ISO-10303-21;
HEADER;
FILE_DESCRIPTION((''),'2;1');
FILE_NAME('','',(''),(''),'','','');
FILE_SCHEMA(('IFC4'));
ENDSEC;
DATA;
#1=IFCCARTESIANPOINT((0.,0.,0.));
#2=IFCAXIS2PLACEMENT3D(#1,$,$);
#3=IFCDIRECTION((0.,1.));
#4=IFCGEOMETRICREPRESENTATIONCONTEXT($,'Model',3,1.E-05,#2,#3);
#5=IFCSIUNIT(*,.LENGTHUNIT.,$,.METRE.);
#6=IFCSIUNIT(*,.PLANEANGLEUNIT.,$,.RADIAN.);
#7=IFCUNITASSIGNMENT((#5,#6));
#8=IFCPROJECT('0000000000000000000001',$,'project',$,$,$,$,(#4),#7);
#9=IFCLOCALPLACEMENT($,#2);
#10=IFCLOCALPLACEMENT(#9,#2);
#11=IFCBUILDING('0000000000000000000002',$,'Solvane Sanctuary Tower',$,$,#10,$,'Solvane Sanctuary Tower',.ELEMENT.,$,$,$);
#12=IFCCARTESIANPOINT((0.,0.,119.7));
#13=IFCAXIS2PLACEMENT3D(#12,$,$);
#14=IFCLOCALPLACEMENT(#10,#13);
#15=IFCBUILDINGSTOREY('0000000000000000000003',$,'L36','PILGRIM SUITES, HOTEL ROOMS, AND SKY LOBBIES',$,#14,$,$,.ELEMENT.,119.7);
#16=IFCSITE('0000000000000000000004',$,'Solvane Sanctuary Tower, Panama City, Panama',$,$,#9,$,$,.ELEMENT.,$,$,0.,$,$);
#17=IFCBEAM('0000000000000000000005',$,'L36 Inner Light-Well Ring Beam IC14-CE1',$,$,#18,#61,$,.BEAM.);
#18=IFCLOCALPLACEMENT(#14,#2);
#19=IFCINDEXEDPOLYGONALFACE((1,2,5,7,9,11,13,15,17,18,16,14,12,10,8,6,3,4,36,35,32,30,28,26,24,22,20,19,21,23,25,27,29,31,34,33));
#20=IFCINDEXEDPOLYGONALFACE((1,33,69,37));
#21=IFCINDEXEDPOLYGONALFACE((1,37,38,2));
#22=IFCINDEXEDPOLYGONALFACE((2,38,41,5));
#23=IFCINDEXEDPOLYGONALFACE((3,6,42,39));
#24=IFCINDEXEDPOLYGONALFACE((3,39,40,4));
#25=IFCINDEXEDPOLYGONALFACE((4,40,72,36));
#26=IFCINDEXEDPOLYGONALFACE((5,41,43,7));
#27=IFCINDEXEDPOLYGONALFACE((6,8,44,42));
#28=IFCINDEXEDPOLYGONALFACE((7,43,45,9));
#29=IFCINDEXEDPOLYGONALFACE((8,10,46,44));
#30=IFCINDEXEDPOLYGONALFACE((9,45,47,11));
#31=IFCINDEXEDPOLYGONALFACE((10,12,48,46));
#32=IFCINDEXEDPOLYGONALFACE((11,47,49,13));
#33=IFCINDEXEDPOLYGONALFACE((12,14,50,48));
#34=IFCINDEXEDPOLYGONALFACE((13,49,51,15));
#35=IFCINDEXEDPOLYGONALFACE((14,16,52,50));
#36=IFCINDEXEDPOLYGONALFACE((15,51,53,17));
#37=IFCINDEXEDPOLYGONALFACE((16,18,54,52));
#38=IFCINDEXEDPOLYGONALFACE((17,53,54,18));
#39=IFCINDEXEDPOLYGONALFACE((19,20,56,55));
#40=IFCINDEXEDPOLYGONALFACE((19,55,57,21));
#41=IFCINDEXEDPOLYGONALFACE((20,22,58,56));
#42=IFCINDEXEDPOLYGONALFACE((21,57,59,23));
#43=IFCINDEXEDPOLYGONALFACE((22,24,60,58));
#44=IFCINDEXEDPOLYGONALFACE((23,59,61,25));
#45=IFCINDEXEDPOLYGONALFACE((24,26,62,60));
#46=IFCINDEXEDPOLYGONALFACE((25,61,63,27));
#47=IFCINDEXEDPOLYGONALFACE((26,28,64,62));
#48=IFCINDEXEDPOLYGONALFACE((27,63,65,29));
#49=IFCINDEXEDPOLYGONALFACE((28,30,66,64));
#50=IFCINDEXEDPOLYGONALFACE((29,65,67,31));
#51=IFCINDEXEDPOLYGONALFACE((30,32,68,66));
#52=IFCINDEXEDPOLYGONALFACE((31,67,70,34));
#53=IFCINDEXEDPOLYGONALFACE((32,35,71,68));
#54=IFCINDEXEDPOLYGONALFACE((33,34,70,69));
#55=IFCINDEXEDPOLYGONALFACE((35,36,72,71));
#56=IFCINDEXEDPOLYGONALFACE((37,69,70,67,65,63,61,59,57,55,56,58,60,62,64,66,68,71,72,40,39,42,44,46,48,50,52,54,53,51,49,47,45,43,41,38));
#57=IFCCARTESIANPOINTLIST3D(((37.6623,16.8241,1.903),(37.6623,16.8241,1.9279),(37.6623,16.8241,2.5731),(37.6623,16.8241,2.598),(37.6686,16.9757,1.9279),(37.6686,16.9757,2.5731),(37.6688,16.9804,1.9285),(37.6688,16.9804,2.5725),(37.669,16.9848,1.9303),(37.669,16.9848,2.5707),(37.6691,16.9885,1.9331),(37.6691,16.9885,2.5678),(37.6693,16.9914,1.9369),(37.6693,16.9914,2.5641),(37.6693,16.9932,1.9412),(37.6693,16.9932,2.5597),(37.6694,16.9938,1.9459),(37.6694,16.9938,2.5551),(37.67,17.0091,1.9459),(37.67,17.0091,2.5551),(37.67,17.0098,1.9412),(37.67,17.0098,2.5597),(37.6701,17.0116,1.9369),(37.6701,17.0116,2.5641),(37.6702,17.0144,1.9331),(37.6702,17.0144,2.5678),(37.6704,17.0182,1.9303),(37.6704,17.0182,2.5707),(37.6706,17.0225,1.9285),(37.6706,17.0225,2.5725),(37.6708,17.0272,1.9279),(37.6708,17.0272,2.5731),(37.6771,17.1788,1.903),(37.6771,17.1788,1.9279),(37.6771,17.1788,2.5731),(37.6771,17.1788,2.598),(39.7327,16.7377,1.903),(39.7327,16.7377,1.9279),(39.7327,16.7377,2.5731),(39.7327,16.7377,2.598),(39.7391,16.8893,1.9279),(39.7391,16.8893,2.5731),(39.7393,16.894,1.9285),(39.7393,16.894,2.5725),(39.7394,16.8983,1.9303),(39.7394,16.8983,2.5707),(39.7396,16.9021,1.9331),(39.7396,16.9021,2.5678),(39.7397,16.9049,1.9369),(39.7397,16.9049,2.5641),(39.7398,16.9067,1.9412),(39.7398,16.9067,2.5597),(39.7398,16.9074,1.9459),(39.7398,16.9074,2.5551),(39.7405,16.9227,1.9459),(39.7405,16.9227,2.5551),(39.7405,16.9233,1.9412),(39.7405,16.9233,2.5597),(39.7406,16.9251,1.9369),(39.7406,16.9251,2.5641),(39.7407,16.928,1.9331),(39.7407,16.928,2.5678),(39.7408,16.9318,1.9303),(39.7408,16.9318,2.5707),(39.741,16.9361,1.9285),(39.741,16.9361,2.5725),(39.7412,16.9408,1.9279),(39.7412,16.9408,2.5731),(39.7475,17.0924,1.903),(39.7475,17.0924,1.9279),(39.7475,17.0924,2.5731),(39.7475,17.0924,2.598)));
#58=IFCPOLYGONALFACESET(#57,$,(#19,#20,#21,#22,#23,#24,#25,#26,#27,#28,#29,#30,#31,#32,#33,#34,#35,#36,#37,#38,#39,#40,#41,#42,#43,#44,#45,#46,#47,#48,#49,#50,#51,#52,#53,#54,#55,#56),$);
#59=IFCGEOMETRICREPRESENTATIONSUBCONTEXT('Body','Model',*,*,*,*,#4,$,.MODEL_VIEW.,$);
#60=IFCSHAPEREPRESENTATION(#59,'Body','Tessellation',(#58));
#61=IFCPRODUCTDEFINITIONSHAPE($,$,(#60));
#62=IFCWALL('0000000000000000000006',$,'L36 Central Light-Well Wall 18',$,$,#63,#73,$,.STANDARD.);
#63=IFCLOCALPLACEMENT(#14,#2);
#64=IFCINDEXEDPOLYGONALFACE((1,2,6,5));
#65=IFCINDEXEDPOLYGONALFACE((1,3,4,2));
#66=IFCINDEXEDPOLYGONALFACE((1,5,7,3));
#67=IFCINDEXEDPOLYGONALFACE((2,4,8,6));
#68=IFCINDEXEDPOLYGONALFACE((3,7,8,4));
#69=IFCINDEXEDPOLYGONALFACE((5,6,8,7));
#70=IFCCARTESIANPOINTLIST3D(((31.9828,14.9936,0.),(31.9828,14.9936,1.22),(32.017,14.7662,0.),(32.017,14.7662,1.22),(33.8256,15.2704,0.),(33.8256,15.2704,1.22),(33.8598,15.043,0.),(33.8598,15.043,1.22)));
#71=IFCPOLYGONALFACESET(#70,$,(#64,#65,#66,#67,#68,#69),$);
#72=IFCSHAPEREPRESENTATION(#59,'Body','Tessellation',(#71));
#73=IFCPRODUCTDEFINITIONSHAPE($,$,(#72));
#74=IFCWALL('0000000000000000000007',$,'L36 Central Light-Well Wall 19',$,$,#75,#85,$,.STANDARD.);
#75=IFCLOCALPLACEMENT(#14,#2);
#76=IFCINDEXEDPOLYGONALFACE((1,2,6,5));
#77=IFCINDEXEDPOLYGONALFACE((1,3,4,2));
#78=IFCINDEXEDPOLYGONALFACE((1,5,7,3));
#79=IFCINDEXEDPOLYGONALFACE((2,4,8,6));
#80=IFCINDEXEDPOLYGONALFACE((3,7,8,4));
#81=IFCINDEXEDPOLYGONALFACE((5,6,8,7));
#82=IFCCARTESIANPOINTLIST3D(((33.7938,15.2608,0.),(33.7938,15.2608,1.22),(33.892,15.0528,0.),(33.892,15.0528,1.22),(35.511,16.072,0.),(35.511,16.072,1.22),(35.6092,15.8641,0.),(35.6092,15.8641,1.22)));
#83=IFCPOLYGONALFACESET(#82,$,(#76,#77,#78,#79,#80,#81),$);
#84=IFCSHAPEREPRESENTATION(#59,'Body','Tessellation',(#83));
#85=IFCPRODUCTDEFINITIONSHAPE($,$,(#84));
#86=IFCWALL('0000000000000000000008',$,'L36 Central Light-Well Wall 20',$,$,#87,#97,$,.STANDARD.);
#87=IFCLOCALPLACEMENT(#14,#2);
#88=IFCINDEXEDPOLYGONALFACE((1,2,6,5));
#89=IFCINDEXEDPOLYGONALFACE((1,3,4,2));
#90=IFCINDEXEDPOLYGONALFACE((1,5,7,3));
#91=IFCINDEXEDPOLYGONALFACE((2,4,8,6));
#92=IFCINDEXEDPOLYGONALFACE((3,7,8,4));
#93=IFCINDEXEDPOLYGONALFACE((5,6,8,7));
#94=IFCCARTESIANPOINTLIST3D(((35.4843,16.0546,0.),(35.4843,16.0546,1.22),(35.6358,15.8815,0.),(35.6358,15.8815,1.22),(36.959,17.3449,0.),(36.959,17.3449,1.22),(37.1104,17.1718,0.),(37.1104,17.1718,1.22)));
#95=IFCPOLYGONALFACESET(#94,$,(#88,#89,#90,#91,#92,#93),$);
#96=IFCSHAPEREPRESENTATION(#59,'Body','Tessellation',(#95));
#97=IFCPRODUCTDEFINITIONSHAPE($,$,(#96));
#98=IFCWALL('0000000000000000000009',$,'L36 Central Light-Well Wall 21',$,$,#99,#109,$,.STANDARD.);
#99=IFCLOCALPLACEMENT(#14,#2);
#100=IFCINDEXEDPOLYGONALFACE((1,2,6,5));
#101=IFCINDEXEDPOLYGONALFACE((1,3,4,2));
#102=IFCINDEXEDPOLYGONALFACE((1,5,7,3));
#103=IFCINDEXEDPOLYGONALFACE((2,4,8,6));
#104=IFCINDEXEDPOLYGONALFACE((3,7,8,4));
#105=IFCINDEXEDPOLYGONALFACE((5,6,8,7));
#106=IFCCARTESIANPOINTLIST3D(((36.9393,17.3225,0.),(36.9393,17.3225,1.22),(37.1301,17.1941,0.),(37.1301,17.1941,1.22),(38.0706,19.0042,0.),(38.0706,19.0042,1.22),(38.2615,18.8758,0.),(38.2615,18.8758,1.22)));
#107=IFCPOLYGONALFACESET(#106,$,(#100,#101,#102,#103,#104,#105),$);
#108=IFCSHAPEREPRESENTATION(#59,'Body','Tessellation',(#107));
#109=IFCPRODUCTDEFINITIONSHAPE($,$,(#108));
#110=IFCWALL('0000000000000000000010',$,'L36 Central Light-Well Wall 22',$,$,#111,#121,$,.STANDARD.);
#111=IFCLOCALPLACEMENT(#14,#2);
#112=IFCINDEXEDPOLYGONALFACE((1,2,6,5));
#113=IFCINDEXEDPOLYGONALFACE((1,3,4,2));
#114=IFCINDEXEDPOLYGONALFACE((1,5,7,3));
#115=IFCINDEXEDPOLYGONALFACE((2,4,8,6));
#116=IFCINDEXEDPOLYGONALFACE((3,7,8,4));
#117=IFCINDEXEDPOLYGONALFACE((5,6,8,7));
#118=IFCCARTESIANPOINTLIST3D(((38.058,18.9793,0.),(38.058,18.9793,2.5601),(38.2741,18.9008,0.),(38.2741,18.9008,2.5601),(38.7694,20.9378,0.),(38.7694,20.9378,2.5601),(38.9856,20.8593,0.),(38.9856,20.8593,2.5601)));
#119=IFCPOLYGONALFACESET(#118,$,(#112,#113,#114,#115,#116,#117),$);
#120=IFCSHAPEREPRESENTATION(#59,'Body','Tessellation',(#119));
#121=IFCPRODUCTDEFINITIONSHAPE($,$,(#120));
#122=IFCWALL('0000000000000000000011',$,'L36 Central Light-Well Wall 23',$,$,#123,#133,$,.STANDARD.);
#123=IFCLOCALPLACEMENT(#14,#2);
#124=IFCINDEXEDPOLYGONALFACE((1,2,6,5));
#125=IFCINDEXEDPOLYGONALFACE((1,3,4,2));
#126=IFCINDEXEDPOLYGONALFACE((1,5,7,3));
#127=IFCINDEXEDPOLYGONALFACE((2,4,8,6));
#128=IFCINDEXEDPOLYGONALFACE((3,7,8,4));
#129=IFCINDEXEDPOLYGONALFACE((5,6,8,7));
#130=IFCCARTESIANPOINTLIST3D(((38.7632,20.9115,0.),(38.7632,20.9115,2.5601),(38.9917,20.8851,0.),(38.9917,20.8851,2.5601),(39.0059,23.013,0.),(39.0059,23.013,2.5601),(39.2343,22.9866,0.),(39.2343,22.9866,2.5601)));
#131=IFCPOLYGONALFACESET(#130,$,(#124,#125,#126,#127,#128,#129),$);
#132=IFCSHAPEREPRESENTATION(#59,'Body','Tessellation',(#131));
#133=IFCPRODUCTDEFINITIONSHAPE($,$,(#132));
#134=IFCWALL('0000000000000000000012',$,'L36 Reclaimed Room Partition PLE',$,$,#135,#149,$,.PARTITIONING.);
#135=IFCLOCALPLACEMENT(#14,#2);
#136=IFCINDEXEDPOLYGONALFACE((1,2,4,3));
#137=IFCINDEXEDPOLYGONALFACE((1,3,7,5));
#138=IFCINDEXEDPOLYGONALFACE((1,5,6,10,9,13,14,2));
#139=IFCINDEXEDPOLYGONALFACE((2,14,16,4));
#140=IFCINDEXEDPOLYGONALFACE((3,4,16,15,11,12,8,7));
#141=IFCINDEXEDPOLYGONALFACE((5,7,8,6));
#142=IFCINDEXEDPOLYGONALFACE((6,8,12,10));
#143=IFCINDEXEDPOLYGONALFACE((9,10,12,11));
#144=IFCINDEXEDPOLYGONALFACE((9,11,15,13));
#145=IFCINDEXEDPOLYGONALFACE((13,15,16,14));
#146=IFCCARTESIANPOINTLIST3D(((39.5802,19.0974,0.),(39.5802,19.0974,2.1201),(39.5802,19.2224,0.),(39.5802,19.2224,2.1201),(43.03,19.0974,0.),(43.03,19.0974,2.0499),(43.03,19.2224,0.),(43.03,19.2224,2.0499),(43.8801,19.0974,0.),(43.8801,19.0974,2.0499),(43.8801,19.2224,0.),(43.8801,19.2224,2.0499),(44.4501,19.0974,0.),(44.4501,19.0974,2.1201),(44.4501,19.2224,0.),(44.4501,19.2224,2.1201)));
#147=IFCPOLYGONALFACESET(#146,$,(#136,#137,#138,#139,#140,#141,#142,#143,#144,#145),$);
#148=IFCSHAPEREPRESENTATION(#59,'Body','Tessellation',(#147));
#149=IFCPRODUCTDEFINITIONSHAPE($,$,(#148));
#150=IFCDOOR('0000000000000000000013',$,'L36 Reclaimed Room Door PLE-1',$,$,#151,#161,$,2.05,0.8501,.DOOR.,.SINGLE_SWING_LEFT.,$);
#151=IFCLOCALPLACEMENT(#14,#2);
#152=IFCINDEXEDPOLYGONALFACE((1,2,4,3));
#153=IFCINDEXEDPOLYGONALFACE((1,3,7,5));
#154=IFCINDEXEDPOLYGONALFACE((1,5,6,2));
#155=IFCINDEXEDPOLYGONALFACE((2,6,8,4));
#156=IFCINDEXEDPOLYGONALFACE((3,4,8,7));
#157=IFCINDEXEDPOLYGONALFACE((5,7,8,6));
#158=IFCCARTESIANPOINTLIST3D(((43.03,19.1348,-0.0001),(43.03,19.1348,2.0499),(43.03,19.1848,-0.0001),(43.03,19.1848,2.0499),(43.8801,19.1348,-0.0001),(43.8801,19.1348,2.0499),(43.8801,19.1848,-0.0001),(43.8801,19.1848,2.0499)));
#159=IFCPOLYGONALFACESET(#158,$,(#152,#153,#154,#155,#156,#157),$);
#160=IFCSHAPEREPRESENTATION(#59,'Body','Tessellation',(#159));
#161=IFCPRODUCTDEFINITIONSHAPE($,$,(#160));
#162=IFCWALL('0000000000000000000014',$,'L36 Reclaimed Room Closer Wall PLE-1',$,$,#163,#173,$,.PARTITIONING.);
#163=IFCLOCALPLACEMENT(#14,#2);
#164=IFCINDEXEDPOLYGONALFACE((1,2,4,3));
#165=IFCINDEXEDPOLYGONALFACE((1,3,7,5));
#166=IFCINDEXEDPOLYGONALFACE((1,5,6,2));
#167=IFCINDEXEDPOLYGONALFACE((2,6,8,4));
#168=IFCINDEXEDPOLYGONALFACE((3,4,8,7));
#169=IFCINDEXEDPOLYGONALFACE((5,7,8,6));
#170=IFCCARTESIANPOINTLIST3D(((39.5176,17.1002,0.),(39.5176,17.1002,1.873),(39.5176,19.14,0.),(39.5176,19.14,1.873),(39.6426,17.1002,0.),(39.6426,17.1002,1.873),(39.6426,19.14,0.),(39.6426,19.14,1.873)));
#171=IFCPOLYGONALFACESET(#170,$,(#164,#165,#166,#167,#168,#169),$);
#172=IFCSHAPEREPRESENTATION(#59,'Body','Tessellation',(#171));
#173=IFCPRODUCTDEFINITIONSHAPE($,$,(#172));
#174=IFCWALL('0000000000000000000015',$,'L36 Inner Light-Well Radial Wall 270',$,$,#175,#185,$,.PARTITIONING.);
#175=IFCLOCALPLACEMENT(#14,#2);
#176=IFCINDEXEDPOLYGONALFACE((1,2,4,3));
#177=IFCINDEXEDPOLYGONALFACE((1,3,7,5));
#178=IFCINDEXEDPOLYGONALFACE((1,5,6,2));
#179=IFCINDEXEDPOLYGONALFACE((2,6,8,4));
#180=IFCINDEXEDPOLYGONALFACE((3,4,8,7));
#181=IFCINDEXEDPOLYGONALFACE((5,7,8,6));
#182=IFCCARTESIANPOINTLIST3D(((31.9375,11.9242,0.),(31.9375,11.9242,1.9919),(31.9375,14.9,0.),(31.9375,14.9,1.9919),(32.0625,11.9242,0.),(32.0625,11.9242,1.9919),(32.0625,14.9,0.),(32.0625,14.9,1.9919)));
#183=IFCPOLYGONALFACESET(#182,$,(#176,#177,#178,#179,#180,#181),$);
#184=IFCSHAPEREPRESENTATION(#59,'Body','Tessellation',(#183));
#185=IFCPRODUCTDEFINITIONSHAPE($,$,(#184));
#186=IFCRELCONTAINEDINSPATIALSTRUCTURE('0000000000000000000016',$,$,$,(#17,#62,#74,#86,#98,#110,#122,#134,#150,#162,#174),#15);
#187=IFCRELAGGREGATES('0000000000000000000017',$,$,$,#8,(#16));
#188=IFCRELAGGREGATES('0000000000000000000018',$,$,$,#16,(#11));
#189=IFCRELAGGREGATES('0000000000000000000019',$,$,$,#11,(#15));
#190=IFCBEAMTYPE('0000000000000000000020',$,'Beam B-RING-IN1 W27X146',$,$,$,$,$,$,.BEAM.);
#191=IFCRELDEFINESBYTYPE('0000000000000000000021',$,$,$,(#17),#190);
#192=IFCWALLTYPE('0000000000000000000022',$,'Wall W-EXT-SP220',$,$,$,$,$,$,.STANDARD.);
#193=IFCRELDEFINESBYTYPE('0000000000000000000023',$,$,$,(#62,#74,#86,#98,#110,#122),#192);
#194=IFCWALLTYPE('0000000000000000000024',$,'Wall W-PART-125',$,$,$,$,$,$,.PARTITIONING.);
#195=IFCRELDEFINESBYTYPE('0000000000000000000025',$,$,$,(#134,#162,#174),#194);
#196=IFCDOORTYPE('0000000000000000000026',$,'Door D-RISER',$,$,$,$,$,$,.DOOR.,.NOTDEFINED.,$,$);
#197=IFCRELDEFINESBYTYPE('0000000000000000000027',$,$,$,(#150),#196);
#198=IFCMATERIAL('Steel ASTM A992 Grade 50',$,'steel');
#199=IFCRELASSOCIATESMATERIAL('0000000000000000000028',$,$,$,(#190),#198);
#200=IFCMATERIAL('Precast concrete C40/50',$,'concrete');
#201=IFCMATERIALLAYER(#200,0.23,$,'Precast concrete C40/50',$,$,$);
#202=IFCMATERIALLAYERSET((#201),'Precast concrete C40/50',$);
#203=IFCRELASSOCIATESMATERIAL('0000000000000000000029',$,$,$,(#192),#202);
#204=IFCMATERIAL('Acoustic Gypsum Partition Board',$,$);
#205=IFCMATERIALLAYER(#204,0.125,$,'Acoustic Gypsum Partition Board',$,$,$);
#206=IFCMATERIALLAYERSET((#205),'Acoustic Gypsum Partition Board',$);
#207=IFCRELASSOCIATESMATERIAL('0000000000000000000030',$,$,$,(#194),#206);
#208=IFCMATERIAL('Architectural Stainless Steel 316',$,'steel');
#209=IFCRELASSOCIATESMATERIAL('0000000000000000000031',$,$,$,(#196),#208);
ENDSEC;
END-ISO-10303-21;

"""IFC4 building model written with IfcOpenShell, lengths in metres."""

from ifc_helpers import new_model, si_unit, direction, frame, frame_2d, origin, origin_2d, place, context, subcontext, project, spatial, rectangle, i_section, extrude, material, layer, layer_set, material_profile, profile_set, type_object, element, fill, save


model = new_model("IFC4")

# Units and contexts
model_context = context("Model", 3, precision=1e-05, world=origin(), true_north=direction((0.0, 1.0)))
body_context = subcontext(model_context, "Body", "Model", "MODEL_VIEW")
ifc_project = project(units=[si_unit("LENGTHUNIT", "METRE"), si_unit("PLANEANGLEUNIT", "RADIAN")], contexts=[model_context])

# Site, building, storey
site_placement = place(None, origin())
site = spatial("IfcSite", under=ifc_project, at=site_placement, Name="Solvane Sanctuary Tower, Panama City, Panama", CompositionType="ELEMENT", RefElevation=0.0)
building_placement = place(site_placement, origin())
building = spatial("IfcBuilding", under=site, at=building_placement, Name="Solvane Sanctuary Tower", LongName="Solvane Sanctuary Tower", CompositionType="ELEMENT")
storey_placement = place(building_placement, frame((0.0, 0.0, 119.7)))
storey = spatial("IfcBuildingStorey", under=building, at=storey_placement, Name="L36", Description="PILGRIM SUITES, HOTEL ROOMS, AND SKY LOBBIES", CompositionType="ELEMENT", Elevation=119.7)

# Beam
ifc_material_1 = material(Name="Steel ASTM A992 Grade 50", Category="steel")
ifc_material_profile_1 = material_profile(ifc_material_1, i_section(OverallWidth=0.355, OverallDepth=0.6951, WebThickness=0.0154, FlangeThickness=0.0249, FilletRadius=0.0181, at=origin_2d()), Name="W27X146")
ifc_profile_set_1 = profile_set([ifc_material_profile_1], Name="Steel ASTM A992 Grade 50")
beam_type_1 = type_object("IfcBeamType", Name="Beam B-RING-IN1 W27X146", PredefinedType="BEAM", material=ifc_profile_set_1)
beam_1_placement = place(storey_placement, frame((37.6697, 17.0015, 2.2505), z_axis=(0.99913, -0.041704, 0.0), x_axis=(0.041704, 0.99913, 0.0)))
element("IfcBeam", 1, at=beam_1_placement, inside=storey, type_object=beam_type_1, Name="L36 Inner Light-Well Ring Beam IC14-CE1", PredefinedType="BEAM", context=body_context, shape_type="SweptSolid", body=[
    extrude(i_section(OverallWidth=0.355, OverallDepth=0.6951, WebThickness=0.0154, FlangeThickness=0.0249, FilletRadius=0.0181, at=origin_2d()), origin(), (0.0, 0.0, 1.0), 2.0723),
])

# Walls
ifc_material_2 = material(Name="Precast concrete C40/50", Category="concrete")
ifc_layer_1 = layer(ifc_material_2, 0.23, Name="Precast concrete C40/50")
ifc_layer_set_1 = layer_set([ifc_layer_1], Name="Precast concrete C40/50")
wall_type_1 = type_object("IfcWallType", Name="Wall W-EXT-SP220", PredefinedType="STANDARD", material=ifc_layer_set_1)
wall_1_placement = place(storey_placement, frame((32.0, 14.8799, 0.0), z_axis=(0.0, 0.0, 1.0), x_axis=(0.988902, 0.148571, 0.0)))
element("IfcWall", 2, at=wall_1_placement, inside=storey, type_object=wall_type_1, Name="L36 Central Light-Well Wall 18", PredefinedType="STANDARD", context=body_context, shape_type="SweptSolid", body=[
    extrude(rectangle(XDim=1.8635, YDim=0.23, at=frame_2d((0.9316, 0.0))), origin(), (0.0, 0.0, 1.0), 1.22),
])
wall_2_placement = place(storey_placement, frame((33.8428, 15.1567, 0.0), z_axis=(0.0, 0.0, 1.0), x_axis=(0.90418, 0.427152, 0.0)))
element("IfcWall", 3, at=wall_2_placement, inside=storey, type_object=wall_type_1, Name="L36 Central Light-Well Wall 19", PredefinedType="STANDARD", context=body_context, shape_type="SweptSolid", body=[
    extrude(rectangle(XDim=1.8992, YDim=0.23, at=frame_2d((0.9497, 0.0))), origin(), (0.0, 0.0, 1.0), 1.22),
])
wall_3_placement = place(storey_placement, frame((35.5601, 15.968, 0.0), z_axis=(0.0, 0.0, 1.0), x_axis=(0.752577, 0.658505, 0.0)))
element("IfcWall", 4, at=wall_3_placement, inside=storey, type_object=wall_type_1, Name="L36 Central Light-Well Wall 20", PredefinedType="STANDARD", context=body_context, shape_type="SweptSolid", body=[
    extrude(rectangle(XDim=1.9595, YDim=0.23, at=frame_2d((0.9797, 0.0))), origin(), (0.0, 0.0, 1.0), 1.22),
])
wall_4_placement = place(storey_placement, frame((37.0347, 17.2583, 0.0), z_axis=(0.0, 0.0, 1.0), x_axis=(0.558198, 0.829708, 0.0)))
element("IfcWall", 5, at=wall_4_placement, inside=storey, type_object=wall_type_1, Name="L36 Central Light-Well Wall 21", PredefinedType="STANDARD", context=body_context, shape_type="SweptSolid", body=[
    extrude(rectangle(XDim=2.0269, YDim=0.23, at=frame_2d((1.0134, 0.0))), origin(), (0.0, 0.0, 1.0), 1.22),
])
wall_5_placement = place(storey_placement, frame((38.166, 18.9399, 0.0), z_axis=(0.0, 0.0, 1.0), x_axis=(0.341423, 0.93991, 0.0)))
element("IfcWall", 6, at=wall_5_placement, inside=storey, type_object=wall_type_1, Name="L36 Central Light-Well Wall 22", PredefinedType="STANDARD", context=body_context, shape_type="SweptSolid", body=[
    extrude(rectangle(XDim=2.0837, YDim=0.23, at=frame_2d((1.042, 0.0))), origin(), (0.0, 0.0, 1.0), 2.5601),
])
wall_6_placement = place(storey_placement, frame((38.8774, 20.8984, 0.0), z_axis=(0.0, 0.0, 1.0), x_axis=(0.114712, 0.993399, 0.0)))
element("IfcWall", 7, at=wall_6_placement, inside=storey, type_object=wall_type_1, Name="L36 Central Light-Well Wall 23", PredefinedType="STANDARD", context=body_context, shape_type="SweptSolid", body=[
    extrude(rectangle(XDim=2.1155, YDim=0.23, at=frame_2d((1.0576, 0.0))), origin(), (0.0, 0.0, 1.0), 2.5601),
])

# Wall, opening, door
ifc_material_3 = material(Name="Acoustic Gypsum Partition Board")
ifc_layer_2 = layer(ifc_material_3, 0.125, Name="Acoustic Gypsum Partition Board")
ifc_layer_set_2 = layer_set([ifc_layer_2], Name="Acoustic Gypsum Partition Board")
wall_type_2 = type_object("IfcWallType", Name="Wall W-PART-125", PredefinedType="PARTITIONING", material=ifc_layer_set_2)
wall_7_placement = place(storey_placement, frame((39.5801, 19.1599, 0.0), z_axis=(0.0, 0.0, 1.0), x_axis=(1.0, 0.0, 0.0)))
wall_7 = element("IfcWall", 8, at=wall_7_placement, inside=storey, type_object=wall_type_2, Name="L36 Reclaimed Room Partition PLE", PredefinedType="PARTITIONING", context=body_context, shape_type="SweptSolid", body=[
    extrude(rectangle(XDim=4.8699, YDim=0.125, at=frame_2d((2.4351, 0.0))), origin(), (0.0, 0.0, 1.0), 2.1201),
])
opening_placement = place(wall_7_placement, frame((3.45, 0.0, 0.0)))
opening = element("IfcOpeningElement", 9, at=opening_placement, cuts=wall_7, PredefinedType="OPENING", context=body_context, shape_type="SweptSolid", body=[
    extrude(rectangle(XDim=0.8501, YDim=2.05, at=frame_2d((0.425, 1.0249))), frame((0.0, 0.0725, 0.0), z_axis=(0.0, -1.0, 0.0), x_axis=(1.0, 0.0, 0.0)), (0.0, 0.0, 1.0), 0.145),
])
ifc_material_4 = material(Name="Architectural Stainless Steel 316", Category="steel")
door_type = type_object("IfcDoorType", Name="Door D-RISER", OperationType="NOTDEFINED", PredefinedType="DOOR", material=ifc_material_4)
door_placement = place(opening_placement, origin())
door = element("IfcDoor", 10, at=door_placement, inside=storey, type_object=door_type, Name="L36 Reclaimed Room Door PLE-1", OperationType="SINGLE_SWING_LEFT", OverallHeight=2.05, OverallWidth=0.8501, PredefinedType="DOOR", context=body_context, shape_type="SweptSolid", body=[
    extrude(rectangle(XDim=0.8501, YDim=2.05, at=frame_2d((0.425, 1.0249))), frame((0.0, 0.0249, 0.0), z_axis=(0.0, -1.0, 0.0), x_axis=(1.0, 0.0, 0.0)), (0.0, 0.0, 1.0), 0.05),
])
fill(opening, door)

# Walls
wall_8_placement = place(storey_placement, frame((39.5801, 17.1001, 0.0), z_axis=(0.0, 0.0, 1.0), x_axis=(0.0, 1.0, 0.0)))
element("IfcWall", 11, at=wall_8_placement, inside=storey, type_object=wall_type_2, Name="L36 Reclaimed Room Closer Wall PLE-1", PredefinedType="PARTITIONING", context=body_context, shape_type="SweptSolid", body=[
    extrude(rectangle(XDim=2.0398, YDim=0.125, at=frame_2d((1.02, 0.0))), origin(), (0.0, 0.0, 1.0), 1.873),
])
wall_9_placement = place(storey_placement, frame((32.0, 14.8999, 0.0), z_axis=(0.0, 0.0, 1.0), x_axis=(0.0, -1.0, 0.0)))
element("IfcWall", 12, at=wall_9_placement, inside=storey, type_object=wall_type_2, Name="L36 Inner Light-Well Radial Wall 270", PredefinedType="PARTITIONING", context=body_context, shape_type="SweptSolid", body=[
    extrude(rectangle(XDim=2.9758, YDim=0.125, at=frame_2d((1.4878, 0.0))), origin(), (0.0, 0.0, 1.0), 1.9919),
])

save(model, "model.ifc")
